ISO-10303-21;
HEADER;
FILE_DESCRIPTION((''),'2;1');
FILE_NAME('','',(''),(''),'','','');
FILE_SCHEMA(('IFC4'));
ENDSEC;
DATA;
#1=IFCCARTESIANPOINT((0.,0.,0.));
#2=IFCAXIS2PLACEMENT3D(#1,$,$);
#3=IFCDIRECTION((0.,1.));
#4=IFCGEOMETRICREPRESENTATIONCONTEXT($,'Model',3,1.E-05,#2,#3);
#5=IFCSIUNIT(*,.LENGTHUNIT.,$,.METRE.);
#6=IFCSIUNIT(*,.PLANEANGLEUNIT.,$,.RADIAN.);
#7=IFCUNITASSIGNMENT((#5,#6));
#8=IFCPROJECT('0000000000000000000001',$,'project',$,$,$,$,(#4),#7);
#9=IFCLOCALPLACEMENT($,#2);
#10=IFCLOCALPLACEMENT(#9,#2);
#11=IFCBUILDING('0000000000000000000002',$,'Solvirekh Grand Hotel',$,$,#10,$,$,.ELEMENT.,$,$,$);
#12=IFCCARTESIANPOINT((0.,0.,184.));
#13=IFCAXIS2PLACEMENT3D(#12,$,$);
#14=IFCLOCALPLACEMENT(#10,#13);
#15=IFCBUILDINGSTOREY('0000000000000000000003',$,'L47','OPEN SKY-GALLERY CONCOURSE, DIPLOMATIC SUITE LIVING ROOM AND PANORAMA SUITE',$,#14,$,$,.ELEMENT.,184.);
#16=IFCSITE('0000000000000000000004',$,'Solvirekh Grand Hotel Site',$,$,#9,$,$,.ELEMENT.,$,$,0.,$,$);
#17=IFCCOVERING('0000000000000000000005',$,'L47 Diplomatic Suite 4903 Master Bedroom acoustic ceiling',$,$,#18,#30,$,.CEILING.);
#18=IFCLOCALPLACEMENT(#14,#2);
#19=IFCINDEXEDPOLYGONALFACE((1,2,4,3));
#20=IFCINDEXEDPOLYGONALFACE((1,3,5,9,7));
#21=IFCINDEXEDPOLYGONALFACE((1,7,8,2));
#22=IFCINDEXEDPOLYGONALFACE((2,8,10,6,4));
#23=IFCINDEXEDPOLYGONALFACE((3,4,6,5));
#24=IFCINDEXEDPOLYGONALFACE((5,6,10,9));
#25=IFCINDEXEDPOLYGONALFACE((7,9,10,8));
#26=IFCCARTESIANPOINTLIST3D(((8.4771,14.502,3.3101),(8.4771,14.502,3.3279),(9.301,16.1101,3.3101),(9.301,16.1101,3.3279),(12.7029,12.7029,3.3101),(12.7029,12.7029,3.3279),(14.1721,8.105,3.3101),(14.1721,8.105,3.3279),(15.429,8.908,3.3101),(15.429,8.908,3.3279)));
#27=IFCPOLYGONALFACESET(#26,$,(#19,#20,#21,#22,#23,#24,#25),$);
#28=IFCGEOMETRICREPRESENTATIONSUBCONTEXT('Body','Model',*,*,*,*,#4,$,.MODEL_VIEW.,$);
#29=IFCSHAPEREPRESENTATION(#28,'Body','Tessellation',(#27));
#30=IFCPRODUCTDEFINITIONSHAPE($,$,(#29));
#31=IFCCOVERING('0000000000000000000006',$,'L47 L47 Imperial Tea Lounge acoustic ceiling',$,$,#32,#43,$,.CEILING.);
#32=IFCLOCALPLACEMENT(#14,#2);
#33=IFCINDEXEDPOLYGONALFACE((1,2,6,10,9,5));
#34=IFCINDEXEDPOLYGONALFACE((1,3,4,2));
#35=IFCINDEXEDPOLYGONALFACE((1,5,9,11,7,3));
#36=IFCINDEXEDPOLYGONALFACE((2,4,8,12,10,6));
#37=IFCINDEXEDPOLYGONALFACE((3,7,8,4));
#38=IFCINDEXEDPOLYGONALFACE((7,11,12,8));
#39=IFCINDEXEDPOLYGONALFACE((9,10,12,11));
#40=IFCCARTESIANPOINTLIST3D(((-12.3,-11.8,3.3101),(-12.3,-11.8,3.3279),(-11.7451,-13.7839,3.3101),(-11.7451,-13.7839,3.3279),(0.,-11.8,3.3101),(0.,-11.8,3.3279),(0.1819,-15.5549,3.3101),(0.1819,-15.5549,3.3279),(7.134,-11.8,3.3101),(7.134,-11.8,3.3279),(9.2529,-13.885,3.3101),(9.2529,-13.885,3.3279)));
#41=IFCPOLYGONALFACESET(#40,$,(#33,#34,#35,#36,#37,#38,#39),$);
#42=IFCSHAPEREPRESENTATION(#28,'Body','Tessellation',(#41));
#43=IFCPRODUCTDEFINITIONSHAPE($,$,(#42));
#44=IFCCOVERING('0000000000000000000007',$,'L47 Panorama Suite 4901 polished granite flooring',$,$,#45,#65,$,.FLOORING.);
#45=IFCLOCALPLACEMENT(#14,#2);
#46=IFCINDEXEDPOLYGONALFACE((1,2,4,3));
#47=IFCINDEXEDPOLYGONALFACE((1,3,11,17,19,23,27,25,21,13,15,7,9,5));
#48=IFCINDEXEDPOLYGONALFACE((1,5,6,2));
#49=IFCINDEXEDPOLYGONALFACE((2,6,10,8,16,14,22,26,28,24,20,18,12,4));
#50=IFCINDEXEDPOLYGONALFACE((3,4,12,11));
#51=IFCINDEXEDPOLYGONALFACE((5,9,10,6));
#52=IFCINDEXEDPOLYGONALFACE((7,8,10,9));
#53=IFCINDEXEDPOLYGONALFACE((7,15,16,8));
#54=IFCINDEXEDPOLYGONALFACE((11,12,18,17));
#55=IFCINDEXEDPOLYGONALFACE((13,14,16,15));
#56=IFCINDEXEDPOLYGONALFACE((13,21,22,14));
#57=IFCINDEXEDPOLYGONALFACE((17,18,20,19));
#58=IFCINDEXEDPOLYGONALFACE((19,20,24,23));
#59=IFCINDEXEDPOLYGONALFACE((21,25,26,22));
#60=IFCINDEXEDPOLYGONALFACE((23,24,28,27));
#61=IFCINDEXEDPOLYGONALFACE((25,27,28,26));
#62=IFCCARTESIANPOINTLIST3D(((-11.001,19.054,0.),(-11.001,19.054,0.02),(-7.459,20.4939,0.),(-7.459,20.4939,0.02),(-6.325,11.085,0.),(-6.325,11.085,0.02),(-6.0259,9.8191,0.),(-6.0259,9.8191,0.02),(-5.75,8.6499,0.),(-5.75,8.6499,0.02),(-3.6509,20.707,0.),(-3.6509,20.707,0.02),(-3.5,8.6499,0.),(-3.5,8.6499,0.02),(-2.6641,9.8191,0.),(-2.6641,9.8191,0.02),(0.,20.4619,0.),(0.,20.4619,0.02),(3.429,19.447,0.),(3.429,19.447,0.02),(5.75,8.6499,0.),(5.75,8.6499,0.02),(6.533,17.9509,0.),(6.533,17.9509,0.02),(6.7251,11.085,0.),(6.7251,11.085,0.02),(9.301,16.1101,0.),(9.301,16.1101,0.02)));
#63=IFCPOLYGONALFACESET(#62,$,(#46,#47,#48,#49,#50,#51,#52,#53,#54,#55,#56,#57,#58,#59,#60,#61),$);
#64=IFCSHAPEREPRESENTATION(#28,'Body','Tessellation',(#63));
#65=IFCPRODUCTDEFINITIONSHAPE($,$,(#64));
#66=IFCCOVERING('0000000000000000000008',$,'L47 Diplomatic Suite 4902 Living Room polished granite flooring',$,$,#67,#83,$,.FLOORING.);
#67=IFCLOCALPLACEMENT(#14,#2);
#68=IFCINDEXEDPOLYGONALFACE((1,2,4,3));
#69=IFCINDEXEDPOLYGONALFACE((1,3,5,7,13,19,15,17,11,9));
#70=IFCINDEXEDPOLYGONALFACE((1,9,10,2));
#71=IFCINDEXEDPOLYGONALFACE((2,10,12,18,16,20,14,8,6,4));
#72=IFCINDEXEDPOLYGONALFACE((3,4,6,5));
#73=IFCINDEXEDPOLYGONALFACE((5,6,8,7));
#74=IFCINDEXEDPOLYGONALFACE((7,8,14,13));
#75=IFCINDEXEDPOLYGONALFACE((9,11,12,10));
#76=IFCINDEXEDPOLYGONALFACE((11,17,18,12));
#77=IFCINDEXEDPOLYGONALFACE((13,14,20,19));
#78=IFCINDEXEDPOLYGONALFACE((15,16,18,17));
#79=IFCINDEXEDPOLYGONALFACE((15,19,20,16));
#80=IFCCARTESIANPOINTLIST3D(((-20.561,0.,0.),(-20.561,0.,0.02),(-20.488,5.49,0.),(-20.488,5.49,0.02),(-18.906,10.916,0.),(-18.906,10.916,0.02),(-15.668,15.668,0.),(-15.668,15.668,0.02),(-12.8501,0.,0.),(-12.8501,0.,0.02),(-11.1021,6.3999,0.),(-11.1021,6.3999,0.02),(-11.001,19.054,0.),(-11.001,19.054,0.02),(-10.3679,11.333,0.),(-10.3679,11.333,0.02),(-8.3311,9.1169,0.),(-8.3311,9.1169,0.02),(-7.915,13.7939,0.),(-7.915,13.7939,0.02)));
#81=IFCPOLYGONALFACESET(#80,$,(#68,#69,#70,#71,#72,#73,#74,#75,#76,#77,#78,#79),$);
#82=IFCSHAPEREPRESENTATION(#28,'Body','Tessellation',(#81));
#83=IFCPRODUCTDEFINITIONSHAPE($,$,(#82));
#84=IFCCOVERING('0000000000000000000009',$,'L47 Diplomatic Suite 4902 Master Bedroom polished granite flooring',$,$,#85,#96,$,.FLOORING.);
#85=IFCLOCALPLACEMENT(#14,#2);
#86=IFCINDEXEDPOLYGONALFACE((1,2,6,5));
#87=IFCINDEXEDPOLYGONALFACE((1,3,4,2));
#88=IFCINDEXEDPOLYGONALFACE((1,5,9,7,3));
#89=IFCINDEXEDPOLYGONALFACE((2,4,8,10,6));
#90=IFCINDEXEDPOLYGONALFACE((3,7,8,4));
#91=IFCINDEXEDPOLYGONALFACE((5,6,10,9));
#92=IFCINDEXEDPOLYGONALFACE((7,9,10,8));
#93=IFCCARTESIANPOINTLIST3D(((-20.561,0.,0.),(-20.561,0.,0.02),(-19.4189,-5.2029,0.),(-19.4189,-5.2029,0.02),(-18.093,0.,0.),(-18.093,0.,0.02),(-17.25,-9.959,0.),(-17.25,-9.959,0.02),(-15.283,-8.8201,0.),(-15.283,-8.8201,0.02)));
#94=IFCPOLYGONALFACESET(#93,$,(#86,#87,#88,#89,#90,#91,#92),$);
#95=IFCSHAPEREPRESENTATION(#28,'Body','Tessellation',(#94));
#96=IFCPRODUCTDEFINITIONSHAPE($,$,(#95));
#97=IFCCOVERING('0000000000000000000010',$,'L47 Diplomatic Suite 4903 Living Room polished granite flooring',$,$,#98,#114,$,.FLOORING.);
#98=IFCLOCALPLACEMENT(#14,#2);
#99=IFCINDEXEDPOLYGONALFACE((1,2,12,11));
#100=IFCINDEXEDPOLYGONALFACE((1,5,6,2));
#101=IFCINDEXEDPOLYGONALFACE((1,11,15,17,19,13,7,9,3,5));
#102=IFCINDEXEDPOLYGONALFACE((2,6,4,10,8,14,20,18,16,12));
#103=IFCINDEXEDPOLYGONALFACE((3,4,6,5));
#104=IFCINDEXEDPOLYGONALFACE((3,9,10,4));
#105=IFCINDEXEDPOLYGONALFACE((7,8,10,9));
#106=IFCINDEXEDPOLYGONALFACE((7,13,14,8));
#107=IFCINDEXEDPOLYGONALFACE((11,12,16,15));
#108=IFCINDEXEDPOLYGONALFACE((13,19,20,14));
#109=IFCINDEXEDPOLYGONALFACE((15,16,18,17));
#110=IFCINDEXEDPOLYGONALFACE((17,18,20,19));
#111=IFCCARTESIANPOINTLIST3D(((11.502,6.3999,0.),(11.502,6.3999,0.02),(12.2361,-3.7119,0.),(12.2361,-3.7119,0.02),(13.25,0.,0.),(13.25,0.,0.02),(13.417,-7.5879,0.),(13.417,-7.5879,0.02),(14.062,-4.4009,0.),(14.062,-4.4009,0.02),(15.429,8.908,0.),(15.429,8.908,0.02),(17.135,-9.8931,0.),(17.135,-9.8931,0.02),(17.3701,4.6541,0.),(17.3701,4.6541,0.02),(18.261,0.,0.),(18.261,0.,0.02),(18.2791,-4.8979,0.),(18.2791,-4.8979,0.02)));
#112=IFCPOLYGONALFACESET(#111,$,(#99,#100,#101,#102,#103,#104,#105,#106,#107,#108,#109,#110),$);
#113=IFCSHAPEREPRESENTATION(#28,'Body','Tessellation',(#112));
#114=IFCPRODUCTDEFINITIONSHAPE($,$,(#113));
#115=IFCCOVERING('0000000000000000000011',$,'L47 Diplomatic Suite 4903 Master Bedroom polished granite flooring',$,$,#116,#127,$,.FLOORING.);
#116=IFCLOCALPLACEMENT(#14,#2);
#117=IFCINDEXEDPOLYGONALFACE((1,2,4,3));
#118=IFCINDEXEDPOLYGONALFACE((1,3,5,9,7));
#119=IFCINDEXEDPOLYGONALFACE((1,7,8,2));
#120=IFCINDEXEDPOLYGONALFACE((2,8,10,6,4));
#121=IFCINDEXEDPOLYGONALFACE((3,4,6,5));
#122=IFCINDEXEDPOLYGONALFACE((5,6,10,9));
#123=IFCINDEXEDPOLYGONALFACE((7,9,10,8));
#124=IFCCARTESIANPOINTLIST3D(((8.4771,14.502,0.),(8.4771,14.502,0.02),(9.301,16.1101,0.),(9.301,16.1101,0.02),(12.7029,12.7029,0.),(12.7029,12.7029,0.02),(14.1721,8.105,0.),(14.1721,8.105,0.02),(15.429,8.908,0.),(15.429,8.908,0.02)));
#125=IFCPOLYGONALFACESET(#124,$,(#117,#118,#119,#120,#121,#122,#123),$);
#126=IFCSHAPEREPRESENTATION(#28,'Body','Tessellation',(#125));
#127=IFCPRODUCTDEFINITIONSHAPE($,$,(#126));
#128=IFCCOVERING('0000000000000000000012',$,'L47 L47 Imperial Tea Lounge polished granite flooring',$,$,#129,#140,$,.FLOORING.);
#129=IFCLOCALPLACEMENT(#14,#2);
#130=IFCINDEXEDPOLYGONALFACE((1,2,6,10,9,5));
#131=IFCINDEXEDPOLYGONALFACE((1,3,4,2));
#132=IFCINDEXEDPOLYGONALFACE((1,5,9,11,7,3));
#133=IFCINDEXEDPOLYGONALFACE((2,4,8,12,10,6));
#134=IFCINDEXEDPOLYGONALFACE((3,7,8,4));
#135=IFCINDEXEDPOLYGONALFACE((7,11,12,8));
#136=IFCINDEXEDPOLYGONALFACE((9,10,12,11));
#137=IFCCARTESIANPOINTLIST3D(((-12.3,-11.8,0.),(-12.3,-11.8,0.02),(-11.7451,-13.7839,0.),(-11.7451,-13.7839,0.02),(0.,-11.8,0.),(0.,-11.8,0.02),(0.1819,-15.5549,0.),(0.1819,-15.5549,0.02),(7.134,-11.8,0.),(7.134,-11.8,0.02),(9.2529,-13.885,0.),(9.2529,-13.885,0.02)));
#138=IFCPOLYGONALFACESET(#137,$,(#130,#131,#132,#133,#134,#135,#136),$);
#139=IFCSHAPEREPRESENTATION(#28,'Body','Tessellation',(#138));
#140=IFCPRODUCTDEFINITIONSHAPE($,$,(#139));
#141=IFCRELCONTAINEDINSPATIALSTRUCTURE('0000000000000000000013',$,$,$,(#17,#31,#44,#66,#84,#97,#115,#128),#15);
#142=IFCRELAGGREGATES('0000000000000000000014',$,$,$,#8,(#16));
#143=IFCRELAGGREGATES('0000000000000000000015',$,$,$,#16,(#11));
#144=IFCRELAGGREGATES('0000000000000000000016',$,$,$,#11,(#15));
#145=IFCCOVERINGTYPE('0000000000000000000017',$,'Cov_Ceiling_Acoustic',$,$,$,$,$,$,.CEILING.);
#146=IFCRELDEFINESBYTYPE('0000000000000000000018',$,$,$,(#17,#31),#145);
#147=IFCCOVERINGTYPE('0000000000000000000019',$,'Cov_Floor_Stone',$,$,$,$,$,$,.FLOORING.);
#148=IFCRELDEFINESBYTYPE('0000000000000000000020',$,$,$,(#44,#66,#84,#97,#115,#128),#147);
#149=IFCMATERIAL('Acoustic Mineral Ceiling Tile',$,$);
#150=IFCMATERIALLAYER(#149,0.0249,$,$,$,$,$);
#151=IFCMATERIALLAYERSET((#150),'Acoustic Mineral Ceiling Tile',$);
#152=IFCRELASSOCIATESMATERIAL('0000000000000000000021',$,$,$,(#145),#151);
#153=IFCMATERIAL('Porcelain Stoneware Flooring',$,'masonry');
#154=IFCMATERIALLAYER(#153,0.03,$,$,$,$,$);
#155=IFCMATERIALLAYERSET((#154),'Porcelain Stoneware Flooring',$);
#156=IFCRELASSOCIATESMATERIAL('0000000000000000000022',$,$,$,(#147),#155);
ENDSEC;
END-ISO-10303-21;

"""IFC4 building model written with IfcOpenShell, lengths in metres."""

from ifc_helpers import new_model, si_unit, direction, frame, origin, place, context, subcontext, project, spatial, polyline, outline, extrude, material, layer, layer_set, type_object, element, save


model = new_model("IFC4")

# Units and contexts
model_context = context("Model", 3, precision=1e-05, world=origin(), true_north=direction((0.0, 1.0)))
body_context = subcontext(model_context, "Body", "Model", "MODEL_VIEW")
ifc_project = project(units=[si_unit("LENGTHUNIT", "METRE"), si_unit("PLANEANGLEUNIT", "RADIAN")], contexts=[model_context])

# Site, building, storey
site_placement = place(None, origin())
site = spatial("IfcSite", under=ifc_project, at=site_placement, Name="Solvirekh Grand Hotel Site", CompositionType="ELEMENT", RefElevation=0.0)
building_placement = place(site_placement, origin())
building = spatial("IfcBuilding", under=site, at=building_placement, Name="Solvirekh Grand Hotel", CompositionType="ELEMENT")
storey_placement = place(building_placement, frame((0.0, 0.0, 184.0)))
storey = spatial("IfcBuildingStorey", under=building, at=storey_placement, Name="L47", Description="OPEN SKY-GALLERY CONCOURSE, DIPLOMATIC SUITE LIVING ROOM AND PANORAMA SUITE", CompositionType="ELEMENT", Elevation=184.0)

# Coverings
ifc_material_1 = material(Name="Acoustic Mineral Ceiling Tile")
ifc_layer_1 = layer(ifc_material_1, 0.0249)
ifc_layer_set_1 = layer_set([ifc_layer_1], Name="Acoustic Mineral Ceiling Tile")
covering_type_1 = type_object("IfcCoveringType", Name="Cov_Ceiling_Acoustic", PredefinedType="CEILING", material=ifc_layer_set_1)
covering_1_placement = place(storey_placement, frame((0.0, 0.0, 3.3101)))
element("IfcCovering", 1, at=covering_1_placement, inside=storey, type_object=covering_type_1, Name="L47 Diplomatic Suite 4903 Master Bedroom acoustic ceiling", PredefinedType="CEILING", context=body_context, shape_type="SweptSolid", body=[
    extrude(outline(polyline([(15.429, 8.908), (12.7029, 12.7029), (9.301, 16.1101), (8.4771, 14.502), (14.1721, 8.105), (15.429, 8.908)])), origin(), (0.0, 0.0, 1.0), 0.0178),
])
covering_2_placement = place(storey_placement, frame((0.0, 0.0, 3.3101)))
element("IfcCovering", 2, at=covering_2_placement, inside=storey, type_object=covering_type_1, Name="L47 L47 Imperial Tea Lounge acoustic ceiling", PredefinedType="CEILING", context=body_context, shape_type="SweptSolid", body=[
    extrude(outline(polyline([(-11.7451, -13.7839), (0.1819, -15.5549), (9.2529, -13.885), (7.134, -11.8), (0.0, -11.8), (-12.3, -11.8), (-11.7451, -13.7839)])), origin(), (0.0, 0.0, 1.0), 0.0178),
])
ifc_material_2 = material(Name="Porcelain Stoneware Flooring", Category="masonry")
ifc_layer_2 = layer(ifc_material_2, 0.03)
ifc_layer_set_2 = layer_set([ifc_layer_2], Name="Porcelain Stoneware Flooring")
covering_type_2 = type_object("IfcCoveringType", Name="Cov_Floor_Stone", PredefinedType="FLOORING", material=ifc_layer_set_2)
covering_3_placement = place(storey_placement, origin())
element("IfcCovering", 3, at=covering_3_placement, inside=storey, type_object=covering_type_2, Name="L47 Panorama Suite 4901 polished granite flooring", PredefinedType="FLOORING", context=body_context, shape_type="SweptSolid", body=[
    extrude(outline(polyline([(-5.75, 8.6499), (-6.0259, 9.8191), (-2.6641, 9.8191), (-3.5, 8.6499), (5.75, 8.6499), (6.7251, 11.085), (9.301, 16.1101), (6.533, 17.9509), (3.429, 19.447), (0.0, 20.4619), (-3.6509, 20.707), (-7.459, 20.4939), (-11.001, 19.054), (-6.325, 11.085), (-5.75, 8.6499)])), origin(), (0.0, 0.0, 1.0), 0.02),
])
covering_4_placement = place(storey_placement, origin())
element("IfcCovering", 4, at=covering_4_placement, inside=storey, type_object=covering_type_2, Name="L47 Diplomatic Suite 4902 Living Room polished granite flooring", PredefinedType="FLOORING", context=body_context, shape_type="SweptSolid", body=[
    extrude(outline(polyline([(-10.3679, 11.333), (-7.915, 13.7939), (-11.001, 19.054), (-15.668, 15.668), (-18.906, 10.916), (-20.488, 5.49), (-20.561, 0.0), (-12.8501, 0.0), (-11.1021, 6.3999), (-8.3311, 9.1169), (-10.3679, 11.333)])), origin(), (0.0, 0.0, 1.0), 0.02),
])
covering_5_placement = place(storey_placement, origin())
element("IfcCovering", 5, at=covering_5_placement, inside=storey, type_object=covering_type_2, Name="L47 Diplomatic Suite 4902 Master Bedroom polished granite flooring", PredefinedType="FLOORING", context=body_context, shape_type="SweptSolid", body=[
    extrude(outline(polyline([(-20.561, 0.0), (-19.4189, -5.2029), (-17.25, -9.959), (-15.283, -8.8201), (-18.093, 0.0), (-20.561, 0.0)])), origin(), (0.0, 0.0, 1.0), 0.02),
])
covering_6_placement = place(storey_placement, origin())
element("IfcCovering", 6, at=covering_6_placement, inside=storey, type_object=covering_type_2, Name="L47 Diplomatic Suite 4903 Living Room polished granite flooring", PredefinedType="FLOORING", context=body_context, shape_type="SweptSolid", body=[
    extrude(outline(polyline([(14.062, -4.4009), (13.417, -7.5879), (17.135, -9.8931), (18.2791, -4.8979), (18.261, 0.0), (17.3701, 4.6541), (15.429, 8.908), (11.502, 6.3999), (13.25, 0.0), (12.2361, -3.7119), (14.062, -4.4009)])), origin(), (0.0, 0.0, 1.0), 0.02),
])
covering_7_placement = place(storey_placement, origin())
element("IfcCovering", 7, at=covering_7_placement, inside=storey, type_object=covering_type_2, Name="L47 Diplomatic Suite 4903 Master Bedroom polished granite flooring", PredefinedType="FLOORING", context=body_context, shape_type="SweptSolid", body=[
    extrude(outline(polyline([(15.429, 8.908), (12.7029, 12.7029), (9.301, 16.1101), (8.4771, 14.502), (14.1721, 8.105), (15.429, 8.908)])), origin(), (0.0, 0.0, 1.0), 0.02),
])
covering_8_placement = place(storey_placement, origin())
element("IfcCovering", 8, at=covering_8_placement, inside=storey, type_object=covering_type_2, Name="L47 L47 Imperial Tea Lounge polished granite flooring", PredefinedType="FLOORING", context=body_context, shape_type="SweptSolid", body=[
    extrude(outline(polyline([(-11.7451, -13.7839), (0.1819, -15.5549), (9.2529, -13.885), (7.134, -11.8), (0.0, -11.8), (-12.3, -11.8), (-11.7451, -13.7839)])), origin(), (0.0, 0.0, 1.0), 0.02),
])

save(model, "model.ifc")
